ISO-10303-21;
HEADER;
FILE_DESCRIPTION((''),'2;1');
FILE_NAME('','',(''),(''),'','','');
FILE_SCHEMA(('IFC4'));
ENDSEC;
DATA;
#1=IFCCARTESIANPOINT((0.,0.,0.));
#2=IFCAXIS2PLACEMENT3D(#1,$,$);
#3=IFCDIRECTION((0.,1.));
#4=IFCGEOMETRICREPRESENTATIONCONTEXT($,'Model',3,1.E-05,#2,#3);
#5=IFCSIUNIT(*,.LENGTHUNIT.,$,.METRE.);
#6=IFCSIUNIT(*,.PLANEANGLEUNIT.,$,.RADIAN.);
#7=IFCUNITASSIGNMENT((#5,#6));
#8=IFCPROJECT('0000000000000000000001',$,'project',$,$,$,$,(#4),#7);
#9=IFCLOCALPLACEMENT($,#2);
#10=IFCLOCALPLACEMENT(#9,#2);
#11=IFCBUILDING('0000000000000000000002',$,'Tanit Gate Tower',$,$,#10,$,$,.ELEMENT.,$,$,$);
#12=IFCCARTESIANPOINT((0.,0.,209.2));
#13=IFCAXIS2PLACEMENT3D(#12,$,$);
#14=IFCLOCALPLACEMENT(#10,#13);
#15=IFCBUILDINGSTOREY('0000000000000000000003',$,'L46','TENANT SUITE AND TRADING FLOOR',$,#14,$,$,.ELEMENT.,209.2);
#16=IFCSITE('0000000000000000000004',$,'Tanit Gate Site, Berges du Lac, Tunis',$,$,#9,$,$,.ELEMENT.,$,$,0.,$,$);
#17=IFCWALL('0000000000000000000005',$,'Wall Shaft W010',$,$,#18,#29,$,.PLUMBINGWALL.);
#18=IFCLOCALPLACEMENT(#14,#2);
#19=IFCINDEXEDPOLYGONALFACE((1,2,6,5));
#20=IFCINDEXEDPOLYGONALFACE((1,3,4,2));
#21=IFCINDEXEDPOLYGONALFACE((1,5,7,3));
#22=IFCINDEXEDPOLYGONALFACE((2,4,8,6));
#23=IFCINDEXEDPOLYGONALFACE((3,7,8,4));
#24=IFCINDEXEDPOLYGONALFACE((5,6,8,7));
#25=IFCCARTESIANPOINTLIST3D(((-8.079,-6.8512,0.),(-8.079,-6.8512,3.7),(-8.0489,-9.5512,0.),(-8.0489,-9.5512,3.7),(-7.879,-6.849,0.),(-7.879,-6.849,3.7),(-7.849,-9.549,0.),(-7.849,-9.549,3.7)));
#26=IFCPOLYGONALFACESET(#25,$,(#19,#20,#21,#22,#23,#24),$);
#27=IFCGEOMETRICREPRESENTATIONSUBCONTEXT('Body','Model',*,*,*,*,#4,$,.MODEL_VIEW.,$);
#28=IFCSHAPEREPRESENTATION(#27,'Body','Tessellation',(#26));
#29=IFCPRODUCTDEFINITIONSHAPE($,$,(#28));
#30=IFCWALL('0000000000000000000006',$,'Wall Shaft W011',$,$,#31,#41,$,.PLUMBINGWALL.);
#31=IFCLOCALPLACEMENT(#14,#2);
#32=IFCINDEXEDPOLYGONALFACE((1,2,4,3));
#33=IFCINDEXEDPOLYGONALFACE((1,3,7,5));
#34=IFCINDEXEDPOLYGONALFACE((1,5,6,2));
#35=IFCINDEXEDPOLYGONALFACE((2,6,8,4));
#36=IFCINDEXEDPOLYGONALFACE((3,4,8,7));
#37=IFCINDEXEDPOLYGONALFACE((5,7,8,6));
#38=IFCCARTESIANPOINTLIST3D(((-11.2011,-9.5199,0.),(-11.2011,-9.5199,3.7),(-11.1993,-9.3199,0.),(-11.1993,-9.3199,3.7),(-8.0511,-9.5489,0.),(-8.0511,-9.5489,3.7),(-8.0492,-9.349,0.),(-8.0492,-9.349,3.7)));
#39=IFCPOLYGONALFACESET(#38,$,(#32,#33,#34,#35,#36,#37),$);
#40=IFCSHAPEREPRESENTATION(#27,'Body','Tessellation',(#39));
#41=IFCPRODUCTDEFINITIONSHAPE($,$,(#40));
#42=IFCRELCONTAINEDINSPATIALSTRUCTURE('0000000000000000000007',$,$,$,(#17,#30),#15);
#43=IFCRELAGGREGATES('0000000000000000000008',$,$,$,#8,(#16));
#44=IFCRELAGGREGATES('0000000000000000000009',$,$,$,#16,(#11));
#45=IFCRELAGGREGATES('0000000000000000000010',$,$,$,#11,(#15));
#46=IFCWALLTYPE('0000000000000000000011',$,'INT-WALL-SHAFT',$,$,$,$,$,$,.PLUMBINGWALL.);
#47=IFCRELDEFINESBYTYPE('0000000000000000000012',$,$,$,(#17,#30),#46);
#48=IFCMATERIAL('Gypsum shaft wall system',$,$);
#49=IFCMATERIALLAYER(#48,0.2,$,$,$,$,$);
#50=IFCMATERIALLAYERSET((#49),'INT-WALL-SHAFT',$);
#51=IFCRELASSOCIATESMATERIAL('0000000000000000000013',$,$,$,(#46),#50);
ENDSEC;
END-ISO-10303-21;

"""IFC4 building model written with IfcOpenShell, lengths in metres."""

from ifc_helpers import new_model, si_unit, direction, frame, frame_2d, origin, place, context, subcontext, project, spatial, rectangle, extrude, material, layer, layer_set, type_object, element, save


model = new_model("IFC4")

# Units and contexts
model_context = context("Model", 3, precision=1e-05, world=origin(), true_north=direction((0.0, 1.0)))
body_context = subcontext(model_context, "Body", "Model", "MODEL_VIEW")
ifc_project = project(units=[si_unit("LENGTHUNIT", "METRE"), si_unit("PLANEANGLEUNIT", "RADIAN")], contexts=[model_context])

# Site, building, storey
site_placement = place(None, origin())
site = spatial("IfcSite", under=ifc_project, at=site_placement, Name="Tanit Gate Site, Berges du Lac, Tunis", CompositionType="ELEMENT", RefElevation=0.0)
building_placement = place(site_placement, origin())
building = spatial("IfcBuilding", under=site, at=building_placement, Name="Tanit Gate Tower", CompositionType="ELEMENT")
storey_placement = place(building_placement, frame((0.0, 0.0, 209.2)))
storey = spatial("IfcBuildingStorey", under=building, at=storey_placement, Name="L46", Description="TENANT SUITE AND TRADING FLOOR", CompositionType="ELEMENT", Elevation=209.2)

# Walls
ifc_material_1 = material(Name="Gypsum shaft wall system")
ifc_layer_1 = layer(ifc_material_1, 0.2)
ifc_layer_set_1 = layer_set([ifc_layer_1], Name="INT-WALL-SHAFT")
wall_type_1 = type_object("IfcWallType", Name="INT-WALL-SHAFT", PredefinedType="PLUMBINGWALL", material=ifc_layer_set_1)
wall_1_placement = place(storey_placement, frame((-7.979, -6.8501, 0.0), z_axis=(0.0, 0.0, 1.0), x_axis=(0.011121, -0.999938, 0.0)))
element("IfcWall", 1, at=wall_1_placement, inside=storey, type_object=wall_type_1, Name="Wall Shaft W010", PredefinedType="PLUMBINGWALL", context=body_context, shape_type="SweptSolid", body=[
    extrude(rectangle(XDim=2.7002, YDim=0.2, at=frame_2d((1.3501, 0.0))), origin(), (0.0, 0.0, 1.0), 3.7),
])
wall_2_placement = place(storey_placement, frame((-8.05, -9.449, 0.0), z_axis=(0.0, 0.0, 1.0), x_axis=(-0.999957, 0.009223, 0.0)))
element("IfcWall", 2, at=wall_2_placement, inside=storey, type_object=wall_type_1, Name="Wall Shaft W011", PredefinedType="PLUMBINGWALL", context=body_context, shape_type="SweptSolid", body=[
    extrude(rectangle(XDim=3.1501, YDim=0.2, at=frame_2d((1.5752, 0.0))), origin(), (0.0, 0.0, 1.0), 3.7),
])

save(model, "model.ifc")
